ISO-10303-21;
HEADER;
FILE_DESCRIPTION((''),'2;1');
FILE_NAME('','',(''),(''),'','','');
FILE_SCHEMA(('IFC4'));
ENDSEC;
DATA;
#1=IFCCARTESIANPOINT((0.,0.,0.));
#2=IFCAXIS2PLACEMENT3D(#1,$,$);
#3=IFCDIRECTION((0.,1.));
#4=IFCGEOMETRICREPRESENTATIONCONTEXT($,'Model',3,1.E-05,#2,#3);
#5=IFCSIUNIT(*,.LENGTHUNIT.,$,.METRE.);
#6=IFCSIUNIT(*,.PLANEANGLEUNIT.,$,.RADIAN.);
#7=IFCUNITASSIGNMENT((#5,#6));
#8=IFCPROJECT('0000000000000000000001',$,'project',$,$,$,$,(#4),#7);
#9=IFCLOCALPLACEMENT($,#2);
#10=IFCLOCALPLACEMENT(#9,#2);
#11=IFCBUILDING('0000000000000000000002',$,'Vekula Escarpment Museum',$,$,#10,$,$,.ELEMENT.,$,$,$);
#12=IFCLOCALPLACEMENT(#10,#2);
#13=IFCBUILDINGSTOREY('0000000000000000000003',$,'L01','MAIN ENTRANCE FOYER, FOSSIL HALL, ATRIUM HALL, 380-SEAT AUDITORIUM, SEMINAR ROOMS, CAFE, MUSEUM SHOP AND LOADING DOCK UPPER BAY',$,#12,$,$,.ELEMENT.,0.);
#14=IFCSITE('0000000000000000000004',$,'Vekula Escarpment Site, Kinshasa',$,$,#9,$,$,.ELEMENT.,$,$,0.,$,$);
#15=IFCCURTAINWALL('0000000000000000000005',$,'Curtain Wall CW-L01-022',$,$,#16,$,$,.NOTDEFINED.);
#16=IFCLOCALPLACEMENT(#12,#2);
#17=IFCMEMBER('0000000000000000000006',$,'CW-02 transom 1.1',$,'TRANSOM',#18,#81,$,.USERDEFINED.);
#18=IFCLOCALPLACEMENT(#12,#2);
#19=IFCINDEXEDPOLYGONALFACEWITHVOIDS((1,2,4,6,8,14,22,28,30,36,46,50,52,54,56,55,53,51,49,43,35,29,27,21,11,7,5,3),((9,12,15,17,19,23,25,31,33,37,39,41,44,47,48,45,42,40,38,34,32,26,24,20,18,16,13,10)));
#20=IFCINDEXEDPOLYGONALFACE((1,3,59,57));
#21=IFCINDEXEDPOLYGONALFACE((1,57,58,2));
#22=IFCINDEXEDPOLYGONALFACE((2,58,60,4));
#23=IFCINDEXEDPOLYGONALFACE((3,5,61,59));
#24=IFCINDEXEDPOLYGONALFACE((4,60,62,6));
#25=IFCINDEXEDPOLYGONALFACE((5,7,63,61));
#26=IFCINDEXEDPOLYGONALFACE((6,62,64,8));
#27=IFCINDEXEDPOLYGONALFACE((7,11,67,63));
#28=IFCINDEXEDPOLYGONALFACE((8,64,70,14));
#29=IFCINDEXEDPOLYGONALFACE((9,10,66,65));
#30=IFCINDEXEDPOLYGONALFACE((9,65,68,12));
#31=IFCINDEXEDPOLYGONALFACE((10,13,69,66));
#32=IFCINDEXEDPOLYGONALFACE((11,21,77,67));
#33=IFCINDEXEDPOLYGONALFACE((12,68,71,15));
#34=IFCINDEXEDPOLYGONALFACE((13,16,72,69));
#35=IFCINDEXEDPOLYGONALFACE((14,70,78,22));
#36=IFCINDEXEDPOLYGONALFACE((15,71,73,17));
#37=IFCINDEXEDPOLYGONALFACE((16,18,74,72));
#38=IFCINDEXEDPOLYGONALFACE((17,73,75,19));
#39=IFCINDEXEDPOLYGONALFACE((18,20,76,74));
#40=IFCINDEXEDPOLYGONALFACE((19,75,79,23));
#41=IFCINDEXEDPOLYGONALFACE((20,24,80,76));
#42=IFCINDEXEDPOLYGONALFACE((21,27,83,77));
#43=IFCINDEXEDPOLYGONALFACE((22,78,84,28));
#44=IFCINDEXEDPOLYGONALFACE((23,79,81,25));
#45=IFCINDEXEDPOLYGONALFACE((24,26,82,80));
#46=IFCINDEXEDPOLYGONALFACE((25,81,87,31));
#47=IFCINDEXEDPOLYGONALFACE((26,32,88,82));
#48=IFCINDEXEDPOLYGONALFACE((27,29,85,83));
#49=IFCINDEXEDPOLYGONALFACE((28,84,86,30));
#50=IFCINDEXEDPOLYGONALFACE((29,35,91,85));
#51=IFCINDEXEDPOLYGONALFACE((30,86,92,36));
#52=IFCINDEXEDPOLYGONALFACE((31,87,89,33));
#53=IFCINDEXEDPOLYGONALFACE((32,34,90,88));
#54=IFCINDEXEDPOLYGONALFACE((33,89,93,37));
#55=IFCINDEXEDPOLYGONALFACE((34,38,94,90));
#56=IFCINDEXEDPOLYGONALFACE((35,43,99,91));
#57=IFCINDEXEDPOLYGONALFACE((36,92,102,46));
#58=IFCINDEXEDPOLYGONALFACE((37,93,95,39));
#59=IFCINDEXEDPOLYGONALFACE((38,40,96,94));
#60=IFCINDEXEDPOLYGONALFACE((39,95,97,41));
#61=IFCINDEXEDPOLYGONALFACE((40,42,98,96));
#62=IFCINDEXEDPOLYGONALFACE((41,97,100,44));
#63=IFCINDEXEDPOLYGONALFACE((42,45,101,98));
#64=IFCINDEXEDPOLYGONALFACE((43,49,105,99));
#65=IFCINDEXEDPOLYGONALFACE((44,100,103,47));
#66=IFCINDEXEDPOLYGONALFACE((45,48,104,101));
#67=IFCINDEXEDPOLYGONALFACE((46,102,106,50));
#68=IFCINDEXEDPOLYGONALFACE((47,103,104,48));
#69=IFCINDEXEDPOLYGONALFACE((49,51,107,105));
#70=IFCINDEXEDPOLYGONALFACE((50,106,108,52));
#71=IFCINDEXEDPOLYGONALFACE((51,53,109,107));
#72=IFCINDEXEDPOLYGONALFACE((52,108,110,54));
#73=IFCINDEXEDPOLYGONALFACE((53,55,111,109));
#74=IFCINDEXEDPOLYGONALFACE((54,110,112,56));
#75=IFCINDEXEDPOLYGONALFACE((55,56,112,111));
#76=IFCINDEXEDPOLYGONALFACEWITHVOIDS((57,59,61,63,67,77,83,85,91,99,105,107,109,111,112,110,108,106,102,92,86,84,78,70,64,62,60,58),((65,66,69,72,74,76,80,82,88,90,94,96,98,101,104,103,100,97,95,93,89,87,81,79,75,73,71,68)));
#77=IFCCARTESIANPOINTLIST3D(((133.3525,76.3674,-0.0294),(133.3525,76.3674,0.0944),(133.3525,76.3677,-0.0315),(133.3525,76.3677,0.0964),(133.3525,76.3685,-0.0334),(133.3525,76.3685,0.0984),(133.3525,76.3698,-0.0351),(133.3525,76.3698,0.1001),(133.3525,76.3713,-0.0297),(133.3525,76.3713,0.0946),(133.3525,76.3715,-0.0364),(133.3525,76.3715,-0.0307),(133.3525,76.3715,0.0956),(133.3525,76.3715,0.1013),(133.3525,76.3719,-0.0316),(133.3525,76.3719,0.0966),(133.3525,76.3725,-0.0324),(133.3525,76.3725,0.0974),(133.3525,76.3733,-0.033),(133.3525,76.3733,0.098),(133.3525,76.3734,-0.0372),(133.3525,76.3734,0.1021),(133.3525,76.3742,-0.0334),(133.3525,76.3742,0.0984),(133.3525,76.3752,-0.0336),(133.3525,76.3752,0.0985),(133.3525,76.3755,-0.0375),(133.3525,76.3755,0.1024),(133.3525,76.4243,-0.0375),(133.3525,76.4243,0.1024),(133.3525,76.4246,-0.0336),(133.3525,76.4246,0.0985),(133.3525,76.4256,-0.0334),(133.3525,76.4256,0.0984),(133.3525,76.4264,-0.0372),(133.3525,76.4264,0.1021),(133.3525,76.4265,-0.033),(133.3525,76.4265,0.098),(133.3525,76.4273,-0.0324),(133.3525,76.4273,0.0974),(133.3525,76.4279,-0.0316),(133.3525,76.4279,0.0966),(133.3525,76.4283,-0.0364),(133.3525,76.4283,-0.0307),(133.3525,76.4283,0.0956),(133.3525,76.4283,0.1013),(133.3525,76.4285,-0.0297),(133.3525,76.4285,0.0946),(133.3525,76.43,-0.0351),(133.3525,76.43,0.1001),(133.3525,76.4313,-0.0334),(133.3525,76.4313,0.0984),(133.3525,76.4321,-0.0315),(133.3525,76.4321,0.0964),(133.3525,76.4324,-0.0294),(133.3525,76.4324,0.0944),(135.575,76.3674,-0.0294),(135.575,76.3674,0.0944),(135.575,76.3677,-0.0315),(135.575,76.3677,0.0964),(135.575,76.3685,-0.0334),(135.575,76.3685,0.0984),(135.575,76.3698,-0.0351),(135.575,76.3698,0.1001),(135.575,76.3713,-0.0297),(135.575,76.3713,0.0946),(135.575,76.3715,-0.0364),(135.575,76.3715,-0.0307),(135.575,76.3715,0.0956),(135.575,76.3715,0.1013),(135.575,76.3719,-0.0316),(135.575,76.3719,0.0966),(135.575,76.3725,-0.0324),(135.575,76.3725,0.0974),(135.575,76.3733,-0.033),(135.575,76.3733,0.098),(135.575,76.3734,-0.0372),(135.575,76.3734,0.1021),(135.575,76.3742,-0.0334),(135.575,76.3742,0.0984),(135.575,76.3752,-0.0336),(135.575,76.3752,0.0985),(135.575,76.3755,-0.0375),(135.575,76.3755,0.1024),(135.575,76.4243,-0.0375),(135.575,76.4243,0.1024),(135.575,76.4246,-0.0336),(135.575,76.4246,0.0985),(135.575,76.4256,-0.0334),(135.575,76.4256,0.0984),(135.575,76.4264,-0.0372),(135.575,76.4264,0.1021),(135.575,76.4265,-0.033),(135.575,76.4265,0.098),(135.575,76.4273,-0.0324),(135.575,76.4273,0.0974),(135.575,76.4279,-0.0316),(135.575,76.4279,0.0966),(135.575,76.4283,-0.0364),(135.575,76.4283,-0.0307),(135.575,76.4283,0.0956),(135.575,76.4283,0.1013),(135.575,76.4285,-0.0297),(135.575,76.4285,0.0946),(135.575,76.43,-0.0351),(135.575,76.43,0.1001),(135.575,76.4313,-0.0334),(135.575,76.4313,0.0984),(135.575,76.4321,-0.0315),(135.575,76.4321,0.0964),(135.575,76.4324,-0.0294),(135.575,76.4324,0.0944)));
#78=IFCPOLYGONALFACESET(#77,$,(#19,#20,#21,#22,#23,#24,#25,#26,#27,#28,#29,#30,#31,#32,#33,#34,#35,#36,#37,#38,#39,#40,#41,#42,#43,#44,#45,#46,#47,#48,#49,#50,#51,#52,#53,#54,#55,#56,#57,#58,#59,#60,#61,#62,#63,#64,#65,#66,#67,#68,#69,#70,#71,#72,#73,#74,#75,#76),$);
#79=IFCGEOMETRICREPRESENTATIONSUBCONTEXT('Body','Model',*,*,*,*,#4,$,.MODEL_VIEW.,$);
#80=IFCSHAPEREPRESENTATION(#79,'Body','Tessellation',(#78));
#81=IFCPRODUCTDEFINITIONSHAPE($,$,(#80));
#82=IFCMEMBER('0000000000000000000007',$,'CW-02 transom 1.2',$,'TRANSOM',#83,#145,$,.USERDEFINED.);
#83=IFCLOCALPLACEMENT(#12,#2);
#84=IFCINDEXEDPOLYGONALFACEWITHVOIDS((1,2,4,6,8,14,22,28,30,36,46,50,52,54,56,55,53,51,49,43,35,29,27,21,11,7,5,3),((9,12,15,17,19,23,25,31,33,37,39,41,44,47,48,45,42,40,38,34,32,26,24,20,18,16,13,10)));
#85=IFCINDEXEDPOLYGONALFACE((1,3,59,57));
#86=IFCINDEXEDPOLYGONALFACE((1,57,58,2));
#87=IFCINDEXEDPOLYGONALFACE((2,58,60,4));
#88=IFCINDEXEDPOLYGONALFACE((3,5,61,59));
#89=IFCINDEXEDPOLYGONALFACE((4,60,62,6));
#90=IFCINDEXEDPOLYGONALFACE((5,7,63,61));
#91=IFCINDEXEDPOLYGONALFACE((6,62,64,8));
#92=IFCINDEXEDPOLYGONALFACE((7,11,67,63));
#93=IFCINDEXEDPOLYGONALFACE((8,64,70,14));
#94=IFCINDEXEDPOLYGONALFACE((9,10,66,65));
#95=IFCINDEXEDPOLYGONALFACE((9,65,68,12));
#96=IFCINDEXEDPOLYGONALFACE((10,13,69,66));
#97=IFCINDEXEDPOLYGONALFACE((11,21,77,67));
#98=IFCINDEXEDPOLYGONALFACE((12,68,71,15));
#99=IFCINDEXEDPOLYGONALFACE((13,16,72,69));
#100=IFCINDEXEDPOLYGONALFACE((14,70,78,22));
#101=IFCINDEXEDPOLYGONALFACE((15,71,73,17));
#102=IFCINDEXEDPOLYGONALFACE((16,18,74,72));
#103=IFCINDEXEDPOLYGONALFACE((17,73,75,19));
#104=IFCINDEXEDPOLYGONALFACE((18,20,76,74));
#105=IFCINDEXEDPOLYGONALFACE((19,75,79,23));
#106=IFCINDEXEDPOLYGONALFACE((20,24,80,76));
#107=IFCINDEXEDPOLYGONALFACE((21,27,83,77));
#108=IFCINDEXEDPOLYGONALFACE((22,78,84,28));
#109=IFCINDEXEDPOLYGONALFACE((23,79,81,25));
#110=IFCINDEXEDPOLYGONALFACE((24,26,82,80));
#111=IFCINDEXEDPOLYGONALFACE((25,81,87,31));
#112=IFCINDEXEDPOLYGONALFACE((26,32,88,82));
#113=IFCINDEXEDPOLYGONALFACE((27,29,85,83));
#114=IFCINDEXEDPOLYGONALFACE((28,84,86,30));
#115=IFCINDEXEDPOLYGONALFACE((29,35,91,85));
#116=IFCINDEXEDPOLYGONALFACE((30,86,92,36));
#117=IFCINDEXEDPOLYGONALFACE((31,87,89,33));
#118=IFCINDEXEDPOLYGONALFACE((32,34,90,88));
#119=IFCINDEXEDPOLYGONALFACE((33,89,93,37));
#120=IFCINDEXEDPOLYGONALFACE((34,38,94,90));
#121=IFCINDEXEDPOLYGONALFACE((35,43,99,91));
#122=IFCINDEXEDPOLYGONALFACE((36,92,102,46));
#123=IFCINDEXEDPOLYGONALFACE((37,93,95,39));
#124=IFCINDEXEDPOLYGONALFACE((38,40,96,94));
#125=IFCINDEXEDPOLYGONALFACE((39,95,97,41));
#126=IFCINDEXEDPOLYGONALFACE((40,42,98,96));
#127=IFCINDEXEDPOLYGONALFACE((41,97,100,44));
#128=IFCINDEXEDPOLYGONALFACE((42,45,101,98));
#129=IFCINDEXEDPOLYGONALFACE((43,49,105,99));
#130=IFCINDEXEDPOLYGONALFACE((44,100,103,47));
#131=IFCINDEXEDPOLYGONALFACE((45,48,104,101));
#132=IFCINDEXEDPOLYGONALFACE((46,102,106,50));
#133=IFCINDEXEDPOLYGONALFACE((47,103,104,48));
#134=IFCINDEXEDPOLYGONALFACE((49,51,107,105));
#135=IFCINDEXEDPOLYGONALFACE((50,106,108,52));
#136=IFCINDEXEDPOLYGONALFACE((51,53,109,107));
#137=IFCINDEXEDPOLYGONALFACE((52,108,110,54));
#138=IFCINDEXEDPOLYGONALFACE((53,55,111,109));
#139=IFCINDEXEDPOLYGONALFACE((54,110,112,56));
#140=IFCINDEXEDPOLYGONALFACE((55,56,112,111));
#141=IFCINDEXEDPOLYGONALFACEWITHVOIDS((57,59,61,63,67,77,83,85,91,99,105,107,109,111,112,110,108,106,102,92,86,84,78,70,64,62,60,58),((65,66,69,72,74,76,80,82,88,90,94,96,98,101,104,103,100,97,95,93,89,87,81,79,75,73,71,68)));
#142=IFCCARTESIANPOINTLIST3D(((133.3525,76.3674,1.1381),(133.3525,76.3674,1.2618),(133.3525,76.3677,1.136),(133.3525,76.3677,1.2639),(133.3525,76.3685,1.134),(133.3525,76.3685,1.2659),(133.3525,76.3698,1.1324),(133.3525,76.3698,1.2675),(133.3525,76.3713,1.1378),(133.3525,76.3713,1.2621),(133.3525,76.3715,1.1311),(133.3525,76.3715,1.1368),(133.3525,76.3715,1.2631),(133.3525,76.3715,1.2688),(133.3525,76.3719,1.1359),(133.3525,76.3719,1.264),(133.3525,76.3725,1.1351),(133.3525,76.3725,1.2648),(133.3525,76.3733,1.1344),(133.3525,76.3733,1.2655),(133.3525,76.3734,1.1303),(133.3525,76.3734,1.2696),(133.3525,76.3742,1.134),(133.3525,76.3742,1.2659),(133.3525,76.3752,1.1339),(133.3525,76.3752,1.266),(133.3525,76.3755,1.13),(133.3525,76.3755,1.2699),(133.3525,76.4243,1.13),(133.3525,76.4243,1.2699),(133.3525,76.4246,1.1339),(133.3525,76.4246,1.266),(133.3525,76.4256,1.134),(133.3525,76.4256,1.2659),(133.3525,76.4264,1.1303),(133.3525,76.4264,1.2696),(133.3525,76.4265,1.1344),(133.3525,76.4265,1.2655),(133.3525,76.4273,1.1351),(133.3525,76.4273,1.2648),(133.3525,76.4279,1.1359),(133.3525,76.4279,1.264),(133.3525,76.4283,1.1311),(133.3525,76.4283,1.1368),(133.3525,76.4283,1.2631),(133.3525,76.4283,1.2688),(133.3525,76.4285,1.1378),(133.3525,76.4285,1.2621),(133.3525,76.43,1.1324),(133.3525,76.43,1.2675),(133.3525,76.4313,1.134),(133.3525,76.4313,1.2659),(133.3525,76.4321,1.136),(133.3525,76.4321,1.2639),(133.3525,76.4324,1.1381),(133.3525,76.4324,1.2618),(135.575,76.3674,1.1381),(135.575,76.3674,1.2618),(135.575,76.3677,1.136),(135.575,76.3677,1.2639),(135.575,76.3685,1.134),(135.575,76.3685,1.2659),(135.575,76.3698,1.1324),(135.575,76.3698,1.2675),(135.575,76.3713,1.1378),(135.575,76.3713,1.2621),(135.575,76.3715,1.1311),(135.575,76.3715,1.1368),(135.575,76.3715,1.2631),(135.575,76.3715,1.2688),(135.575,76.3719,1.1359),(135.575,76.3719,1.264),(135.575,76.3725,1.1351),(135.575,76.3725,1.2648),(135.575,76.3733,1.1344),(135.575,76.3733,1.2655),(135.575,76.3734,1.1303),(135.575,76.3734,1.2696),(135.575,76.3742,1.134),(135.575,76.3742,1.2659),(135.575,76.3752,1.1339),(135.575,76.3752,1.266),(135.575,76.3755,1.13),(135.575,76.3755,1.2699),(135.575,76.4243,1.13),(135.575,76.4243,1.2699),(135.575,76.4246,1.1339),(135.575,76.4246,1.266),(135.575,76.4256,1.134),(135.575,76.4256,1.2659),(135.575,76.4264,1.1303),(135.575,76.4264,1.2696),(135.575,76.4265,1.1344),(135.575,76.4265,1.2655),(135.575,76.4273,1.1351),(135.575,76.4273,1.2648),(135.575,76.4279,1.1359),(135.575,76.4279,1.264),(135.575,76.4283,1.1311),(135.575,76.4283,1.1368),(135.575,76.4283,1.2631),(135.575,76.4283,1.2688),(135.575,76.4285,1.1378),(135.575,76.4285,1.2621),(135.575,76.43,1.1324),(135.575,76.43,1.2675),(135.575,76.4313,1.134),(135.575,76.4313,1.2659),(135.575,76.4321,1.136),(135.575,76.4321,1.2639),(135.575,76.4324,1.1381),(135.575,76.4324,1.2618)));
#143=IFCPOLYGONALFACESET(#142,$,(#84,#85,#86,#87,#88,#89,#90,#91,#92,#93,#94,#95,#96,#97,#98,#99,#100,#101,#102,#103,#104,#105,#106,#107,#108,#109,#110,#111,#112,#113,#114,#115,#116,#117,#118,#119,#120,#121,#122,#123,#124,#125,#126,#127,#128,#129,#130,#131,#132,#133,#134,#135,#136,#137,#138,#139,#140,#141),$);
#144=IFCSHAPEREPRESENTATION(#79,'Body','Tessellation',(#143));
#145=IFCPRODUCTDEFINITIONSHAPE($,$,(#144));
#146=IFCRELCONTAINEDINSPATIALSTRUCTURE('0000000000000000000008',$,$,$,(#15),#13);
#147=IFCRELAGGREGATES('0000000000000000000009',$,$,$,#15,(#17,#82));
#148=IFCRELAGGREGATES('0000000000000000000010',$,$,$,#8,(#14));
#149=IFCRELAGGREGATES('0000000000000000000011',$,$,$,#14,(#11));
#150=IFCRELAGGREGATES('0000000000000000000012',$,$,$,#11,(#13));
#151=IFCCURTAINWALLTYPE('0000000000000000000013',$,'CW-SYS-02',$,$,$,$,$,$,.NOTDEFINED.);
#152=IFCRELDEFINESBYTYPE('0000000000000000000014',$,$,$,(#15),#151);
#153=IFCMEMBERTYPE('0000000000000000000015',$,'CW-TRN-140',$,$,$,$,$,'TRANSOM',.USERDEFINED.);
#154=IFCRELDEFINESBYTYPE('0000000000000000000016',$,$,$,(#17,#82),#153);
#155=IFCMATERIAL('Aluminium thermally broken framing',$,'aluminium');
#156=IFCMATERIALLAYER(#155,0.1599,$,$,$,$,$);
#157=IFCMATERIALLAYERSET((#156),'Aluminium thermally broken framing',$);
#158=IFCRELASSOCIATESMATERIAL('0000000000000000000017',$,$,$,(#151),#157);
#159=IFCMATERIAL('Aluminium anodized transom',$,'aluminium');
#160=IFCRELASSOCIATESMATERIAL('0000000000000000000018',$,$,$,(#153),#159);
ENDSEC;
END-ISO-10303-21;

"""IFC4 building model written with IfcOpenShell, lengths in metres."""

from ifc_helpers import new_model, si_unit, direction, frame, origin, origin_2d, place, context, subcontext, project, spatial, hollow_rectangle, extrude, material, layer, layer_set, material_profile, profile_set, type_object, element, aggregate, save


model = new_model("IFC4")

# Units and contexts
model_context = context("Model", 3, precision=1e-05, world=origin(), true_north=direction((0.0, 1.0)))
body_context = subcontext(model_context, "Body", "Model", "MODEL_VIEW")
ifc_project = project(units=[si_unit("LENGTHUNIT", "METRE"), si_unit("PLANEANGLEUNIT", "RADIAN")], contexts=[model_context])

# Site, building, storey
site_placement = place(None, origin())
site = spatial("IfcSite", under=ifc_project, at=site_placement, Name="Vekula Escarpment Site, Kinshasa", CompositionType="ELEMENT", RefElevation=0.0)
building_placement = place(site_placement, origin())
building = spatial("IfcBuilding", under=site, at=building_placement, Name="Vekula Escarpment Museum", CompositionType="ELEMENT")
storey_placement = place(building_placement, origin())
storey = spatial("IfcBuildingStorey", under=building, at=storey_placement, Name="L01", Description="MAIN ENTRANCE FOYER, FOSSIL HALL, ATRIUM HALL, 380-SEAT AUDITORIUM, SEMINAR ROOMS, CAFE, MUSEUM SHOP AND LOADING DOCK UPPER BAY", CompositionType="ELEMENT", Elevation=0.0)

# Curtain wall
ifc_material_1 = material(Name="Aluminium thermally broken framing", Category="aluminium")
ifc_layer_1 = layer(ifc_material_1, 0.1599)
ifc_layer_set_1 = layer_set([ifc_layer_1], Name="Aluminium thermally broken framing")
curtain_wall_type_1 = type_object("IfcCurtainWallType", Name="CW-SYS-02", PredefinedType="NOTDEFINED", material=ifc_layer_set_1)
curtain_wall_1_placement = place(storey_placement, origin())
curtain_wall_1 = element("IfcCurtainWall", 1, at=curtain_wall_1_placement, inside=storey, type_object=curtain_wall_type_1, Name="Curtain Wall CW-L01-022", PredefinedType="NOTDEFINED")

# Members
ifc_material_2 = material(Name="Aluminium anodized transom", Category="aluminium")
ifc_material_profile_1 = material_profile(ifc_material_2, hollow_rectangle(XDim=0.0649, YDim=0.1399, WallThickness=0.0039, InnerFilletRadius=0.0039, OuterFilletRadius=0.0081, at=origin_2d()), Name="ALU 140x65x4")
ifc_profile_set_1 = profile_set([ifc_material_profile_1], Name="Aluminium anodized transom")
member_type_1 = type_object("IfcMemberType", Name="CW-TRN-140", ElementType="TRANSOM", PredefinedType="USERDEFINED", material=ifc_profile_set_1)
member_1_placement = place(storey_placement, frame((135.575, 76.3999, 0.0325), z_axis=(-1.0, 0.0, 0.0), x_axis=(0.0, -1.0, 0.0)))
member_1 = element("IfcMember", 2, at=member_1_placement, type_object=member_type_1, Name="CW-02 transom 1.1", ObjectType="TRANSOM", PredefinedType="USERDEFINED", context=body_context, shape_type="SweptSolid", body=[
    extrude(hollow_rectangle(XDim=0.0649, YDim=0.1399, WallThickness=0.0039, InnerFilletRadius=0.0039, OuterFilletRadius=0.0081, at=origin_2d()), origin(), (0.0, 0.0, 1.0), 2.2224),
])
member_2_placement = place(storey_placement, frame((135.575, 76.3999, 1.2), z_axis=(-1.0, 0.0, 0.0), x_axis=(0.0, -1.0, 0.0)))
member_2 = element("IfcMember", 3, at=member_2_placement, type_object=member_type_1, Name="CW-02 transom 1.2", ObjectType="TRANSOM", PredefinedType="USERDEFINED", context=body_context, shape_type="SweptSolid", body=[
    extrude(hollow_rectangle(XDim=0.0649, YDim=0.1399, WallThickness=0.0039, InnerFilletRadius=0.0039, OuterFilletRadius=0.0081, at=origin_2d()), origin(), (0.0, 0.0, 1.0), 2.2224),
])

aggregate(curtain_wall_1, [member_1, member_2])

save(model, "model.ifc")
